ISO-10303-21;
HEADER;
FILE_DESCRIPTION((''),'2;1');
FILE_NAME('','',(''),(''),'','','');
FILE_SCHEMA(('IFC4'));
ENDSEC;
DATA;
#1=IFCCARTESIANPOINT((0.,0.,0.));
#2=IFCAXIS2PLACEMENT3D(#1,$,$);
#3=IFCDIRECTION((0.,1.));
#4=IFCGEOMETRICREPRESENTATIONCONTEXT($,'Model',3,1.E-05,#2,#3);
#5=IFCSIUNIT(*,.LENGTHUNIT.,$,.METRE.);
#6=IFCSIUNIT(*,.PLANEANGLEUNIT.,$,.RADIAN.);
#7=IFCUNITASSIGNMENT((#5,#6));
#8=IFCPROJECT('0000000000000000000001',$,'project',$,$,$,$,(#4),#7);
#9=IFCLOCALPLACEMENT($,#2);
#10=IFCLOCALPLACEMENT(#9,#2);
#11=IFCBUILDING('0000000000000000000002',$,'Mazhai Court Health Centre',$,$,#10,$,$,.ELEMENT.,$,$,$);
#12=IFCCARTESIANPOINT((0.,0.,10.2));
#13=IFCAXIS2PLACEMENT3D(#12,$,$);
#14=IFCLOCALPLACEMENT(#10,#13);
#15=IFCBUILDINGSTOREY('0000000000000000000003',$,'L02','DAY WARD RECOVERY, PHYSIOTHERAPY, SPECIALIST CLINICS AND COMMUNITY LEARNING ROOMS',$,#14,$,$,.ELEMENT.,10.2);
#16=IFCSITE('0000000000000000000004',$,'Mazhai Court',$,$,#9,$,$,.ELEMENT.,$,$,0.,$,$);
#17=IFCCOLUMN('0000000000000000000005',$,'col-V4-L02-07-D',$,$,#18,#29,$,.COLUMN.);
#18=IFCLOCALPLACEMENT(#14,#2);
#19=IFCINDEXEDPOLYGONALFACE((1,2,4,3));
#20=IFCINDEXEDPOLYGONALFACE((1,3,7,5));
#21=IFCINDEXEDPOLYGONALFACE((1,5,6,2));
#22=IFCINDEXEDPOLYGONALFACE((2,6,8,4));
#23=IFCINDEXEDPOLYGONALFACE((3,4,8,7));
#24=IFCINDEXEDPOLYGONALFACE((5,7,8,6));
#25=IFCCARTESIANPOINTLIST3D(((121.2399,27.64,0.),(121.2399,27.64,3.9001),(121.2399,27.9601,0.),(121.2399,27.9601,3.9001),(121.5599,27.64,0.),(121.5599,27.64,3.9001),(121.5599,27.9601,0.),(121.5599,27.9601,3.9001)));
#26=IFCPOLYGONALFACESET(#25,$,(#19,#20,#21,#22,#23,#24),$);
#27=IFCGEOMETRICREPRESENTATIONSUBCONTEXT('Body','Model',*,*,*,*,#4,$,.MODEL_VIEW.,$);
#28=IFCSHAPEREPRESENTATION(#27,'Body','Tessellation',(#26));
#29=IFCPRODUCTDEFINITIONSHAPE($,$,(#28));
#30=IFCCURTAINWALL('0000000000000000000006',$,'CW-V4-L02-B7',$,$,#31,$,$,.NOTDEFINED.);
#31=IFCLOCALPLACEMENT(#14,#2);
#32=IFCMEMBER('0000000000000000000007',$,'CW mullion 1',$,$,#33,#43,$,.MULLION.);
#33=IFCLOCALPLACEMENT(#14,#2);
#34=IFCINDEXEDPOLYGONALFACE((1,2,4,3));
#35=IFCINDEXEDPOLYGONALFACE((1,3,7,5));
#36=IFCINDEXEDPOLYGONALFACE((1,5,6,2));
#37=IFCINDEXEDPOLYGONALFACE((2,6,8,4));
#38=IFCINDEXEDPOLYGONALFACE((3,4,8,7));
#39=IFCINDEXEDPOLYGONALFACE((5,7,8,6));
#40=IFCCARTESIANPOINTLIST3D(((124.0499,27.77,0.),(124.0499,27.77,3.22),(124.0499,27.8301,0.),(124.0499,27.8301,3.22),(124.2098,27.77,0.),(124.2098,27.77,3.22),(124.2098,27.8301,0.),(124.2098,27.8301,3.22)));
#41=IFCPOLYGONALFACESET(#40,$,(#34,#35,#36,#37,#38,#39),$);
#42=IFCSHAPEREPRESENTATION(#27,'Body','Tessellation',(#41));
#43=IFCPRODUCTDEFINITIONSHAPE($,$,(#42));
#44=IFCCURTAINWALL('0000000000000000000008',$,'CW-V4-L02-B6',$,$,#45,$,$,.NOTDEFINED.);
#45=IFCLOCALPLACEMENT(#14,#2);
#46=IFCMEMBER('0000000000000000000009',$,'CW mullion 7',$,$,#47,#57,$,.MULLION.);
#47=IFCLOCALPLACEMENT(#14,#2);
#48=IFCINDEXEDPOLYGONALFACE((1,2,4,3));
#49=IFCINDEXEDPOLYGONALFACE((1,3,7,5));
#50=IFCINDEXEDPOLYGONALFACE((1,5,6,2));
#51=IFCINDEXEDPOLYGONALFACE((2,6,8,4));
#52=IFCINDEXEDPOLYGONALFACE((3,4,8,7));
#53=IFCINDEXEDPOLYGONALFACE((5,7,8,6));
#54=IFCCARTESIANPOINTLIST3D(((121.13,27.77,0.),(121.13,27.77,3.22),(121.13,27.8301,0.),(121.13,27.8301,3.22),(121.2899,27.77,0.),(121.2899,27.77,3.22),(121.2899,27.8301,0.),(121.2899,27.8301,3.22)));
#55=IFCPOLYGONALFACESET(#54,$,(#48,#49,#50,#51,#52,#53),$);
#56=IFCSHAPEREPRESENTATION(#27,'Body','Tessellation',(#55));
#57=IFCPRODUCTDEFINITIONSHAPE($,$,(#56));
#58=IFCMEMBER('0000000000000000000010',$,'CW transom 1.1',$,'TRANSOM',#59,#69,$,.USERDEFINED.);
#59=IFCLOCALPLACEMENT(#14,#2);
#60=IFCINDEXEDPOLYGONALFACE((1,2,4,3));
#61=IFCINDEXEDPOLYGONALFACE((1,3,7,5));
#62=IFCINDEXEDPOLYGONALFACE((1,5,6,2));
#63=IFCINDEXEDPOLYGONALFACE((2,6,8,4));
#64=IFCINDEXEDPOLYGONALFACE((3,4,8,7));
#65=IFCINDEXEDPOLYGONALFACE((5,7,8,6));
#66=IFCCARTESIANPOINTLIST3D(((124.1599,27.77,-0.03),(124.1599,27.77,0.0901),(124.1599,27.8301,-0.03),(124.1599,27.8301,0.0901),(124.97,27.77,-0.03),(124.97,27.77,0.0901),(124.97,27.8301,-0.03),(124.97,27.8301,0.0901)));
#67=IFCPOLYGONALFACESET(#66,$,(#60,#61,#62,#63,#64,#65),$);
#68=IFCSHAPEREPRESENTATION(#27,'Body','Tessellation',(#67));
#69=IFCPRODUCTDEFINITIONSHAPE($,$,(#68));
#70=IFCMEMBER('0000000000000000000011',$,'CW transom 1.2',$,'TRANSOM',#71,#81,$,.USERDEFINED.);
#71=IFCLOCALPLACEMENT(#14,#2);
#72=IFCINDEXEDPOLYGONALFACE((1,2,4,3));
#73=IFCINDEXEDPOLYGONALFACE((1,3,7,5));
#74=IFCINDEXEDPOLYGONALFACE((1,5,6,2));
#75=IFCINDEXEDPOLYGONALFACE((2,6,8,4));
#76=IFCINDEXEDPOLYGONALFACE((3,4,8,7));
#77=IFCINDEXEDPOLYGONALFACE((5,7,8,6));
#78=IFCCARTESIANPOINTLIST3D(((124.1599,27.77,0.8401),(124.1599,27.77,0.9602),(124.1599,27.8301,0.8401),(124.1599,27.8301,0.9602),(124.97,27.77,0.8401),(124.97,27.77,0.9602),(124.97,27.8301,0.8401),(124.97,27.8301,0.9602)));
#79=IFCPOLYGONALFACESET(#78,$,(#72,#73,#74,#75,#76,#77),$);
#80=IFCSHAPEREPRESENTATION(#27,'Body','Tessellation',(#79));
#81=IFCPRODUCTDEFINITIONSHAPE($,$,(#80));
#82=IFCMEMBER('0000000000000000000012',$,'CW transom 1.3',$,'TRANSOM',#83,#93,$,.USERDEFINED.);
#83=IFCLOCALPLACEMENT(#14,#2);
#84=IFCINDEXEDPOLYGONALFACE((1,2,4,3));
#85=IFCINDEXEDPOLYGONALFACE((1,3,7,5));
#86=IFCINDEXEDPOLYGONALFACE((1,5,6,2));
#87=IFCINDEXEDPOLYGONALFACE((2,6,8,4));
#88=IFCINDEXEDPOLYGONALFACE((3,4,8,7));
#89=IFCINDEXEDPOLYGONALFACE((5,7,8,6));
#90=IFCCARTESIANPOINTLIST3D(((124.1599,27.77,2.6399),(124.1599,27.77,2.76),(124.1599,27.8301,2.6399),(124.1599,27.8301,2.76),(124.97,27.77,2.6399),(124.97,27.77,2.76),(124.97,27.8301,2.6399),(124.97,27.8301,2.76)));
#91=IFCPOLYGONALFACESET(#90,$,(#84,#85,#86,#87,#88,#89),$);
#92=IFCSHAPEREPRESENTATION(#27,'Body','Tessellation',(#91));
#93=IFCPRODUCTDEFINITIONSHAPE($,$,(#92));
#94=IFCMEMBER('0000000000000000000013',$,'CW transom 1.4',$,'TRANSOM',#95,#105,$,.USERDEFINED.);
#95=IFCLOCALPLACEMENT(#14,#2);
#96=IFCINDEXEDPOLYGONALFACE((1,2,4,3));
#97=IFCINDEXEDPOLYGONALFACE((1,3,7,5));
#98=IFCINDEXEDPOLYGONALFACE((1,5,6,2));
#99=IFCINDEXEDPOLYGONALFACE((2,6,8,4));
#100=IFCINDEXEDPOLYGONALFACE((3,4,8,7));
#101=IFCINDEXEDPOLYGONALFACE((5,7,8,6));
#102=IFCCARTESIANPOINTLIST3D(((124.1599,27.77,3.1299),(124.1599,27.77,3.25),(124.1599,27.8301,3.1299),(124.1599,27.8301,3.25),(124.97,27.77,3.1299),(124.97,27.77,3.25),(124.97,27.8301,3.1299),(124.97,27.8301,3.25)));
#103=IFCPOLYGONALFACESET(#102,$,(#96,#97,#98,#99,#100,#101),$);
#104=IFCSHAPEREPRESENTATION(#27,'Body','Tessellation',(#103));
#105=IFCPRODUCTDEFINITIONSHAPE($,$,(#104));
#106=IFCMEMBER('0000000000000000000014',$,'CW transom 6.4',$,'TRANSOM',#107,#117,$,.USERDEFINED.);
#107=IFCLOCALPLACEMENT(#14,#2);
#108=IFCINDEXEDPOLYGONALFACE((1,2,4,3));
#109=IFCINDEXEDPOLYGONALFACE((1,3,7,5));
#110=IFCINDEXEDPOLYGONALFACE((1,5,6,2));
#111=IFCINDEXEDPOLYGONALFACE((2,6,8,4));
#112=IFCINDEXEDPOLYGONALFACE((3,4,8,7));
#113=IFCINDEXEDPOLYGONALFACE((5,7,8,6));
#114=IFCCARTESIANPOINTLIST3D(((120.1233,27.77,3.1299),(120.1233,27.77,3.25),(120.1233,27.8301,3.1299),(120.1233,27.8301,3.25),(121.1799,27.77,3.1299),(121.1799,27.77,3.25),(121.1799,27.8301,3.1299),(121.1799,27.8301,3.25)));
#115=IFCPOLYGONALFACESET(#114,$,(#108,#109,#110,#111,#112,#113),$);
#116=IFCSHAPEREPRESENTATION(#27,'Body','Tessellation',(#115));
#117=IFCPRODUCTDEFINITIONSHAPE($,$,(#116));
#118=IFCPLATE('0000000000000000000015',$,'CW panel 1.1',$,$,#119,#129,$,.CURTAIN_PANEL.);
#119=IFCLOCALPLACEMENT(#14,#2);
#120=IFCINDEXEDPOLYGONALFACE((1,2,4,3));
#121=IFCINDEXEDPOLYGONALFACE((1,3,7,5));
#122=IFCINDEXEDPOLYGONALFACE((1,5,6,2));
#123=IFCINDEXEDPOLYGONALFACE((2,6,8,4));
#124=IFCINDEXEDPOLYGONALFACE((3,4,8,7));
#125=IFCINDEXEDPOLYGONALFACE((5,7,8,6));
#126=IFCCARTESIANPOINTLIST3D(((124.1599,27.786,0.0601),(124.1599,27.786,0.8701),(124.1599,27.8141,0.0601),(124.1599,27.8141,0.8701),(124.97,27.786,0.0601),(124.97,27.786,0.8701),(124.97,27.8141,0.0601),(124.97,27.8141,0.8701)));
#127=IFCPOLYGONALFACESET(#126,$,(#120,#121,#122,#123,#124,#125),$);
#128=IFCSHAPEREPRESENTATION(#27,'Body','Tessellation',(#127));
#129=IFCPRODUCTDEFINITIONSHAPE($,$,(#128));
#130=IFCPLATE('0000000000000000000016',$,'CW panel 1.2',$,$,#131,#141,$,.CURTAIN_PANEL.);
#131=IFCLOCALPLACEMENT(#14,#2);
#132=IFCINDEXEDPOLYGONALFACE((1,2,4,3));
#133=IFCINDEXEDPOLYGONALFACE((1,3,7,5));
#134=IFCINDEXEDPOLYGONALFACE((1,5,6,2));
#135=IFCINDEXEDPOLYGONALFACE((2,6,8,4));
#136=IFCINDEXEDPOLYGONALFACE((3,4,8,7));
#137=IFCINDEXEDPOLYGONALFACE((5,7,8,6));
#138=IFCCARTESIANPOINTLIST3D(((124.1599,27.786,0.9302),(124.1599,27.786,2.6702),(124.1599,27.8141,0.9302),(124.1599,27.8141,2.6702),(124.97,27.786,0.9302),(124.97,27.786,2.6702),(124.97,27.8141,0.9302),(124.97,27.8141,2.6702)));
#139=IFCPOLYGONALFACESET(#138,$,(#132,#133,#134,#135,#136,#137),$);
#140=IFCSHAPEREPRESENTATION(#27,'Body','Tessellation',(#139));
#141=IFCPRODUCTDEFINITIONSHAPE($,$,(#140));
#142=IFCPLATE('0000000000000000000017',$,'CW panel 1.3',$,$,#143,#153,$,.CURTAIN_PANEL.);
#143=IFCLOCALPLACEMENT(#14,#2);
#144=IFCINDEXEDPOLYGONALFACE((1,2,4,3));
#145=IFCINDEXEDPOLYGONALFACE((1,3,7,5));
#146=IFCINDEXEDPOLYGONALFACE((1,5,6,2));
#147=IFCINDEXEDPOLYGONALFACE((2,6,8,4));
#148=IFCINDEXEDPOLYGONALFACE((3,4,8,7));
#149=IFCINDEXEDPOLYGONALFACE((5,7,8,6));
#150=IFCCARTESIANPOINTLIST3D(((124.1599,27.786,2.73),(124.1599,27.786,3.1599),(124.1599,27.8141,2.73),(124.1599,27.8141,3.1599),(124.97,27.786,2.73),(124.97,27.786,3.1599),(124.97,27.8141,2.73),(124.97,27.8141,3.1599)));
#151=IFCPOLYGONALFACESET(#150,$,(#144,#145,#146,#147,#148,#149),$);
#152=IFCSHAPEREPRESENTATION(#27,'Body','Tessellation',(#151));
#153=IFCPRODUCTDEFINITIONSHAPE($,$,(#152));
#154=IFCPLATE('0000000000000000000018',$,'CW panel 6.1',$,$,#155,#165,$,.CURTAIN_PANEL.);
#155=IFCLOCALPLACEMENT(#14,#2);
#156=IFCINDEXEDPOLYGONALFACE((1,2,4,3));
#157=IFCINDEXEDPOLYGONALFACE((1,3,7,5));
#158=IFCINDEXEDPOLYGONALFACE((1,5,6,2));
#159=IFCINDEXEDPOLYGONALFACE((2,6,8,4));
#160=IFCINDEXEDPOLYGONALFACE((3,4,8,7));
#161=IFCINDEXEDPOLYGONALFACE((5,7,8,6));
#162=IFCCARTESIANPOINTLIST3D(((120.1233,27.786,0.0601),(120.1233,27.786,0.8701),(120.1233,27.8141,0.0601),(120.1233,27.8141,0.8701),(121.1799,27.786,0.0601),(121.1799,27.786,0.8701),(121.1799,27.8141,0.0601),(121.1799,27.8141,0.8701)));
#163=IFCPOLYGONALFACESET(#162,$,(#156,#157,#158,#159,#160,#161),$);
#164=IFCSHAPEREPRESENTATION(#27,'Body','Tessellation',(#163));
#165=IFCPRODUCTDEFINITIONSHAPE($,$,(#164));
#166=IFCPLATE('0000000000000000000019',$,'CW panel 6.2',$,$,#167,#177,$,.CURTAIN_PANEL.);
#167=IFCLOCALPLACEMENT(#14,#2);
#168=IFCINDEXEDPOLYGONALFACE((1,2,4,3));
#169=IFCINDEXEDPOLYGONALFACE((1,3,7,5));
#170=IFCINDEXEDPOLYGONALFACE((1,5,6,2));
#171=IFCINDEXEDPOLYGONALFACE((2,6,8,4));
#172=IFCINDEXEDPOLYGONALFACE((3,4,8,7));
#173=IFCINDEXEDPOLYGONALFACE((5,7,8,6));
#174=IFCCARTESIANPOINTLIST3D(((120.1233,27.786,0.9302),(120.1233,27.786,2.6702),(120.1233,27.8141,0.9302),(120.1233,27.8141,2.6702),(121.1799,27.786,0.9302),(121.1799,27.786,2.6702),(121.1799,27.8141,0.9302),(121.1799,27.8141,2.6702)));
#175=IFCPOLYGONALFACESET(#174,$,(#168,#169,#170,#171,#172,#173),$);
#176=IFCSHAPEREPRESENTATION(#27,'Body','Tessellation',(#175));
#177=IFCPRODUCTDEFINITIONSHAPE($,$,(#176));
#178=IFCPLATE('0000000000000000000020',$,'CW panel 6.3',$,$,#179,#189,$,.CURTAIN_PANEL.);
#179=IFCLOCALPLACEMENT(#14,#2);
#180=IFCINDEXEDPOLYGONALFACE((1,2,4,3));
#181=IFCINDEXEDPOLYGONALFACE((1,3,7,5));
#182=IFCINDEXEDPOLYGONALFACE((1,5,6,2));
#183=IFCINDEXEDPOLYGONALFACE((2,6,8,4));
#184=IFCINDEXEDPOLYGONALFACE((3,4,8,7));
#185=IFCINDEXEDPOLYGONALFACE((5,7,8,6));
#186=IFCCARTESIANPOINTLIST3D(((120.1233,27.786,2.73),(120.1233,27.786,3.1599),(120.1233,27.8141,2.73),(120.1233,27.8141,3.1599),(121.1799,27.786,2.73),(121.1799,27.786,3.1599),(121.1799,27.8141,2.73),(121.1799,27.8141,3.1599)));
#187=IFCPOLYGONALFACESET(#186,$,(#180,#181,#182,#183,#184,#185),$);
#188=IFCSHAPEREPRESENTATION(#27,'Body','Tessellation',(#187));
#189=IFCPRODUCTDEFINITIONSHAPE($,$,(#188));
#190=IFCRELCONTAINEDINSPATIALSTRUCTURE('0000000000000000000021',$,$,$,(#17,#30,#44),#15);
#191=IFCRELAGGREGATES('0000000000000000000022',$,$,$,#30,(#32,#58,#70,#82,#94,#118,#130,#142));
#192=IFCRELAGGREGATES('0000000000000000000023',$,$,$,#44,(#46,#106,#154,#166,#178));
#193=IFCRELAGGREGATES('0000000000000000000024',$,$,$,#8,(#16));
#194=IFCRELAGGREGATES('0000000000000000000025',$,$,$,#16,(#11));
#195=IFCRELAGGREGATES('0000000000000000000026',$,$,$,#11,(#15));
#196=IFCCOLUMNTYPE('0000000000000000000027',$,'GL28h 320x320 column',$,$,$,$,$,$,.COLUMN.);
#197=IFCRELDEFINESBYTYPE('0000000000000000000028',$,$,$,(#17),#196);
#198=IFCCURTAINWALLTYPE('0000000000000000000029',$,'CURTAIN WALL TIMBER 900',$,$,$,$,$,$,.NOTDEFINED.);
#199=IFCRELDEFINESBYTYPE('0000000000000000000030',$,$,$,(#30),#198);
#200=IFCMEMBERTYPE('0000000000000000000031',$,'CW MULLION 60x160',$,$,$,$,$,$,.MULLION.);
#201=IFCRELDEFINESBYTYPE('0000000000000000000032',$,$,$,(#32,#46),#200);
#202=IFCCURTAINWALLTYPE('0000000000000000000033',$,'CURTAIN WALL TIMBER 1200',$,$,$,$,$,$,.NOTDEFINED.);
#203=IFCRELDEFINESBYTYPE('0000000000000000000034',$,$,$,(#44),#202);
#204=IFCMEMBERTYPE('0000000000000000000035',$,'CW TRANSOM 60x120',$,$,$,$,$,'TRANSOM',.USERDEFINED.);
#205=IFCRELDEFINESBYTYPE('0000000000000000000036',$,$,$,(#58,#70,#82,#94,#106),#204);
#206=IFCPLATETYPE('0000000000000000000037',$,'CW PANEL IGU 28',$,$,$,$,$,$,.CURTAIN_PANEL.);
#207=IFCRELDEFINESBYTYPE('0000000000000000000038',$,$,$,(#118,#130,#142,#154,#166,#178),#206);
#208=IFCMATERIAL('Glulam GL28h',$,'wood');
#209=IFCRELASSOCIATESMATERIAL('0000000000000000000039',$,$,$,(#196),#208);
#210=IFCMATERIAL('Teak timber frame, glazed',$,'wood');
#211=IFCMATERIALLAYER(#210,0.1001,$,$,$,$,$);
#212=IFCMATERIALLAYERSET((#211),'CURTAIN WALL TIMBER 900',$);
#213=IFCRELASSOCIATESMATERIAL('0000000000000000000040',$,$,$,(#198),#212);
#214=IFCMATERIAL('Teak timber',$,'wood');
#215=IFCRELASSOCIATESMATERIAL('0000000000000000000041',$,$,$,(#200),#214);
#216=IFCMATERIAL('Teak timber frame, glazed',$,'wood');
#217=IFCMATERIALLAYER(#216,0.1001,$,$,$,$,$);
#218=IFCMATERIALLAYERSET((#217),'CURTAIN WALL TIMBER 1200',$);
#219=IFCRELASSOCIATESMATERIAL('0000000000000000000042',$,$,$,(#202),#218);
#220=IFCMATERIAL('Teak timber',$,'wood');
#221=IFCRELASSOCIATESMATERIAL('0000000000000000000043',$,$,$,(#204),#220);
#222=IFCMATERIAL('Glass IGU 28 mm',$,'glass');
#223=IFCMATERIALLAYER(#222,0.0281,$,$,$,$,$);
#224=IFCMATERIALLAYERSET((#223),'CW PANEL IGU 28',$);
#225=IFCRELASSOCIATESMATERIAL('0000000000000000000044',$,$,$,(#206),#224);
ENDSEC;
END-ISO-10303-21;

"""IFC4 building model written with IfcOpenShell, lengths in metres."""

from ifc_helpers import new_model, si_unit, direction, frame, origin, origin_2d, place, context, subcontext, project, spatial, rectangle, extrude, material, layer, layer_set, material_profile, profile_set, type_object, element, aggregate, save


model = new_model("IFC4")

# Units and contexts
model_context = context("Model", 3, precision=1e-05, world=origin(), true_north=direction((0.0, 1.0)))
body_context = subcontext(model_context, "Body", "Model", "MODEL_VIEW")
ifc_project = project(units=[si_unit("LENGTHUNIT", "METRE"), si_unit("PLANEANGLEUNIT", "RADIAN")], contexts=[model_context])

# Site, building, storey
site_placement = place(None, origin())
site = spatial("IfcSite", under=ifc_project, at=site_placement, Name="Mazhai Court", CompositionType="ELEMENT", RefElevation=0.0)
building_placement = place(site_placement, origin())
building = spatial("IfcBuilding", under=site, at=building_placement, Name="Mazhai Court Health Centre", CompositionType="ELEMENT")
storey_placement = place(building_placement, frame((0.0, 0.0, 10.2)))
storey = spatial("IfcBuildingStorey", under=building, at=storey_placement, Name="L02", Description="DAY WARD RECOVERY, PHYSIOTHERAPY, SPECIALIST CLINICS AND COMMUNITY LEARNING ROOMS", CompositionType="ELEMENT", Elevation=10.2)

# Column
ifc_material_1 = material(Name="Glulam GL28h", Category="wood")
ifc_material_profile_1 = material_profile(ifc_material_1, rectangle(XDim=0.3201, YDim=0.3201, at=origin_2d()), Name="GL28h 320x320")
ifc_profile_set_1 = profile_set([ifc_material_profile_1], Name="Glulam GL28h")
column_type = type_object("IfcColumnType", Name="GL28h 320x320 column", PredefinedType="COLUMN", material=ifc_profile_set_1)
column_placement = place(storey_placement, frame((121.3999, 27.8, 0.0), z_axis=(0.0, 0.0, 1.0), x_axis=(1.0, 0.0, 0.0)))
element("IfcColumn", 1, at=column_placement, inside=storey, type_object=column_type, Name="col-V4-L02-07-D", PredefinedType="COLUMN", context=body_context, shape_type="SweptSolid", body=[
    extrude(rectangle(XDim=0.3201, YDim=0.3201, at=origin_2d()), origin(), (0.0, 0.0, 1.0), 3.9001),
])

# Curtain walls, members
ifc_material_2 = material(Name="Teak timber frame, glazed", Category="wood")
ifc_layer_1 = layer(ifc_material_2, 0.1001)
ifc_layer_set_1 = layer_set([ifc_layer_1], Name="CURTAIN WALL TIMBER 900")
curtain_wall_type_1 = type_object("IfcCurtainWallType", Name="CURTAIN WALL TIMBER 900", PredefinedType="NOTDEFINED", material=ifc_layer_set_1)
curtain_wall_1_placement = place(storey_placement, origin())
curtain_wall_1 = element("IfcCurtainWall", 2, at=curtain_wall_1_placement, inside=storey, type_object=curtain_wall_type_1, Name="CW-V4-L02-B7", PredefinedType="NOTDEFINED")
ifc_material_3 = material(Name="Teak timber", Category="wood")
ifc_material_profile_2 = material_profile(ifc_material_3, rectangle(XDim=0.0601, YDim=0.1599, at=origin_2d()), Name="CW MULLION 60x160")
ifc_profile_set_2 = profile_set([ifc_material_profile_2], Name="Teak timber")
member_type_1 = type_object("IfcMemberType", Name="CW MULLION 60x160", PredefinedType="MULLION", material=ifc_profile_set_2)
member_1_placement = place(storey_placement, frame((124.1299, 27.8, 0.0), z_axis=(0.0, 0.0, 1.0), x_axis=(0.0, 1.0, 0.0)))
member_1 = element("IfcMember", 3, at=member_1_placement, type_object=member_type_1, Name="CW mullion 1", PredefinedType="MULLION", context=body_context, shape_type="SweptSolid", body=[
    extrude(rectangle(XDim=0.0601, YDim=0.1599, at=origin_2d()), origin(), (0.0, 0.0, 1.0), 3.22),
])
ifc_material_4 = material(Name="Teak timber frame, glazed", Category="wood")
ifc_layer_2 = layer(ifc_material_4, 0.1001)
ifc_layer_set_2 = layer_set([ifc_layer_2], Name="CURTAIN WALL TIMBER 1200")
curtain_wall_type_2 = type_object("IfcCurtainWallType", Name="CURTAIN WALL TIMBER 1200", PredefinedType="NOTDEFINED", material=ifc_layer_set_2)
curtain_wall_2_placement = place(storey_placement, origin())
curtain_wall_2 = element("IfcCurtainWall", 4, at=curtain_wall_2_placement, inside=storey, type_object=curtain_wall_type_2, Name="CW-V4-L02-B6", PredefinedType="NOTDEFINED")
member_2_placement = place(storey_placement, frame((121.21, 27.8, 0.0), z_axis=(0.0, 0.0, 1.0), x_axis=(0.0, 1.0, 0.0)))
member_2 = element("IfcMember", 5, at=member_2_placement, type_object=member_type_1, Name="CW mullion 7", PredefinedType="MULLION", context=body_context, shape_type="SweptSolid", body=[
    extrude(rectangle(XDim=0.0601, YDim=0.1599, at=origin_2d()), origin(), (0.0, 0.0, 1.0), 3.22),
])

# Members
ifc_material_5 = material(Name="Teak timber", Category="wood")
ifc_material_profile_3 = material_profile(ifc_material_5, rectangle(XDim=0.0601, YDim=0.1201, at=origin_2d()), Name="CW TRANSOM 60x120")
ifc_profile_set_3 = profile_set([ifc_material_profile_3], Name="Teak timber")
member_type_2 = type_object("IfcMemberType", Name="CW TRANSOM 60x120", ElementType="TRANSOM", PredefinedType="USERDEFINED", material=ifc_profile_set_3)
member_3_placement = place(storey_placement, frame((124.1599, 27.8, 0.03), z_axis=(1.0, 0.0, 0.0), x_axis=(0.0, 1.0, 0.0)))
member_3 = element("IfcMember", 6, at=member_3_placement, type_object=member_type_2, Name="CW transom 1.1", ObjectType="TRANSOM", PredefinedType="USERDEFINED", context=body_context, shape_type="SweptSolid", body=[
    extrude(rectangle(XDim=0.0601, YDim=0.1201, at=origin_2d()), origin(), (0.0, 0.0, 1.0), 0.8101),
])
member_4_placement = place(storey_placement, frame((124.1599, 27.8, 0.9001), z_axis=(1.0, 0.0, 0.0), x_axis=(0.0, 1.0, 0.0)))
member_4 = element("IfcMember", 7, at=member_4_placement, type_object=member_type_2, Name="CW transom 1.2", ObjectType="TRANSOM", PredefinedType="USERDEFINED", context=body_context, shape_type="SweptSolid", body=[
    extrude(rectangle(XDim=0.0601, YDim=0.1201, at=origin_2d()), origin(), (0.0, 0.0, 1.0), 0.8101),
])
member_5_placement = place(storey_placement, frame((124.1599, 27.8, 2.7), z_axis=(1.0, 0.0, 0.0), x_axis=(0.0, 1.0, 0.0)))
member_5 = element("IfcMember", 8, at=member_5_placement, type_object=member_type_2, Name="CW transom 1.3", ObjectType="TRANSOM", PredefinedType="USERDEFINED", context=body_context, shape_type="SweptSolid", body=[
    extrude(rectangle(XDim=0.0601, YDim=0.1201, at=origin_2d()), origin(), (0.0, 0.0, 1.0), 0.8101),
])
member_6_placement = place(storey_placement, frame((124.1599, 27.8, 3.1899), z_axis=(1.0, 0.0, 0.0), x_axis=(0.0, 1.0, 0.0)))
member_6 = element("IfcMember", 9, at=member_6_placement, type_object=member_type_2, Name="CW transom 1.4", ObjectType="TRANSOM", PredefinedType="USERDEFINED", context=body_context, shape_type="SweptSolid", body=[
    extrude(rectangle(XDim=0.0601, YDim=0.1201, at=origin_2d()), origin(), (0.0, 0.0, 1.0), 0.8101),
])
member_7_placement = place(storey_placement, frame((120.1233, 27.8, 3.1899), z_axis=(1.0, 0.0, 0.0), x_axis=(0.0, 1.0, 0.0)))
member_7 = element("IfcMember", 10, at=member_7_placement, type_object=member_type_2, Name="CW transom 6.4", ObjectType="TRANSOM", PredefinedType="USERDEFINED", context=body_context, shape_type="SweptSolid", body=[
    extrude(rectangle(XDim=0.0601, YDim=0.1201, at=origin_2d()), origin(), (0.0, 0.0, 1.0), 1.0566),
])

# Plates
ifc_material_6 = material(Name="Glass IGU 28 mm", Category="glass")
ifc_layer_3 = layer(ifc_material_6, 0.0281)
ifc_layer_set_3 = layer_set([ifc_layer_3], Name="CW PANEL IGU 28")
plate_type = type_object("IfcPlateType", Name="CW PANEL IGU 28", PredefinedType="CURTAIN_PANEL", material=ifc_layer_set_3)
plate_1_placement = place(storey_placement, frame((124.5649, 27.8, 0.0601), z_axis=(0.0, 0.0, 1.0), x_axis=(1.0, 0.0, 0.0)))
plate_1 = element("IfcPlate", 11, at=plate_1_placement, type_object=plate_type, Name="CW panel 1.1", PredefinedType="CURTAIN_PANEL", context=body_context, shape_type="SweptSolid", body=[
    extrude(rectangle(XDim=0.8101, YDim=0.0281, at=origin_2d()), origin(), (0.0, 0.0, 1.0), 0.8101),
])
plate_2_placement = place(storey_placement, frame((124.5649, 27.8, 0.9302), z_axis=(0.0, 0.0, 1.0), x_axis=(1.0, 0.0, 0.0)))
plate_2 = element("IfcPlate", 12, at=plate_2_placement, type_object=plate_type, Name="CW panel 1.2", PredefinedType="CURTAIN_PANEL", context=body_context, shape_type="SweptSolid", body=[
    extrude(rectangle(XDim=0.8101, YDim=0.0281, at=origin_2d()), origin(), (0.0, 0.0, 1.0), 1.74),
])
plate_3_placement = place(storey_placement, frame((124.5649, 27.8, 2.73), z_axis=(0.0, 0.0, 1.0), x_axis=(1.0, 0.0, 0.0)))
plate_3 = element("IfcPlate", 13, at=plate_3_placement, type_object=plate_type, Name="CW panel 1.3", PredefinedType="CURTAIN_PANEL", context=body_context, shape_type="SweptSolid", body=[
    extrude(rectangle(XDim=0.8101, YDim=0.0281, at=origin_2d()), origin(), (0.0, 0.0, 1.0), 0.4299),
])
aggregate(curtain_wall_1, [member_1, member_3, member_4, member_5, member_6, plate_1, plate_2, plate_3])
plate_4_placement = place(storey_placement, frame((120.6516, 27.8, 0.0601), z_axis=(0.0, 0.0, 1.0), x_axis=(1.0, 0.0, 0.0)))
plate_4 = element("IfcPlate", 14, at=plate_4_placement, type_object=plate_type, Name="CW panel 6.1", PredefinedType="CURTAIN_PANEL", context=body_context, shape_type="SweptSolid", body=[
    extrude(rectangle(XDim=1.0566, YDim=0.0281, at=origin_2d()), origin(), (0.0, 0.0, 1.0), 0.8101),
])
plate_5_placement = place(storey_placement, frame((120.6516, 27.8, 0.9302), z_axis=(0.0, 0.0, 1.0), x_axis=(1.0, 0.0, 0.0)))
plate_5 = element("IfcPlate", 15, at=plate_5_placement, type_object=plate_type, Name="CW panel 6.2", PredefinedType="CURTAIN_PANEL", context=body_context, shape_type="SweptSolid", body=[
    extrude(rectangle(XDim=1.0566, YDim=0.0281, at=origin_2d()), origin(), (0.0, 0.0, 1.0), 1.74),
])
plate_6_placement = place(storey_placement, frame((120.6516, 27.8, 2.73), z_axis=(0.0, 0.0, 1.0), x_axis=(1.0, 0.0, 0.0)))
plate_6 = element("IfcPlate", 16, at=plate_6_placement, type_object=plate_type, Name="CW panel 6.3", PredefinedType="CURTAIN_PANEL", context=body_context, shape_type="SweptSolid", body=[
    extrude(rectangle(XDim=1.0566, YDim=0.0281, at=origin_2d()), origin(), (0.0, 0.0, 1.0), 0.4299),
])
aggregate(curtain_wall_2, [member_2, member_7, plate_4, plate_5, plate_6])

save(model, "model.ifc")
